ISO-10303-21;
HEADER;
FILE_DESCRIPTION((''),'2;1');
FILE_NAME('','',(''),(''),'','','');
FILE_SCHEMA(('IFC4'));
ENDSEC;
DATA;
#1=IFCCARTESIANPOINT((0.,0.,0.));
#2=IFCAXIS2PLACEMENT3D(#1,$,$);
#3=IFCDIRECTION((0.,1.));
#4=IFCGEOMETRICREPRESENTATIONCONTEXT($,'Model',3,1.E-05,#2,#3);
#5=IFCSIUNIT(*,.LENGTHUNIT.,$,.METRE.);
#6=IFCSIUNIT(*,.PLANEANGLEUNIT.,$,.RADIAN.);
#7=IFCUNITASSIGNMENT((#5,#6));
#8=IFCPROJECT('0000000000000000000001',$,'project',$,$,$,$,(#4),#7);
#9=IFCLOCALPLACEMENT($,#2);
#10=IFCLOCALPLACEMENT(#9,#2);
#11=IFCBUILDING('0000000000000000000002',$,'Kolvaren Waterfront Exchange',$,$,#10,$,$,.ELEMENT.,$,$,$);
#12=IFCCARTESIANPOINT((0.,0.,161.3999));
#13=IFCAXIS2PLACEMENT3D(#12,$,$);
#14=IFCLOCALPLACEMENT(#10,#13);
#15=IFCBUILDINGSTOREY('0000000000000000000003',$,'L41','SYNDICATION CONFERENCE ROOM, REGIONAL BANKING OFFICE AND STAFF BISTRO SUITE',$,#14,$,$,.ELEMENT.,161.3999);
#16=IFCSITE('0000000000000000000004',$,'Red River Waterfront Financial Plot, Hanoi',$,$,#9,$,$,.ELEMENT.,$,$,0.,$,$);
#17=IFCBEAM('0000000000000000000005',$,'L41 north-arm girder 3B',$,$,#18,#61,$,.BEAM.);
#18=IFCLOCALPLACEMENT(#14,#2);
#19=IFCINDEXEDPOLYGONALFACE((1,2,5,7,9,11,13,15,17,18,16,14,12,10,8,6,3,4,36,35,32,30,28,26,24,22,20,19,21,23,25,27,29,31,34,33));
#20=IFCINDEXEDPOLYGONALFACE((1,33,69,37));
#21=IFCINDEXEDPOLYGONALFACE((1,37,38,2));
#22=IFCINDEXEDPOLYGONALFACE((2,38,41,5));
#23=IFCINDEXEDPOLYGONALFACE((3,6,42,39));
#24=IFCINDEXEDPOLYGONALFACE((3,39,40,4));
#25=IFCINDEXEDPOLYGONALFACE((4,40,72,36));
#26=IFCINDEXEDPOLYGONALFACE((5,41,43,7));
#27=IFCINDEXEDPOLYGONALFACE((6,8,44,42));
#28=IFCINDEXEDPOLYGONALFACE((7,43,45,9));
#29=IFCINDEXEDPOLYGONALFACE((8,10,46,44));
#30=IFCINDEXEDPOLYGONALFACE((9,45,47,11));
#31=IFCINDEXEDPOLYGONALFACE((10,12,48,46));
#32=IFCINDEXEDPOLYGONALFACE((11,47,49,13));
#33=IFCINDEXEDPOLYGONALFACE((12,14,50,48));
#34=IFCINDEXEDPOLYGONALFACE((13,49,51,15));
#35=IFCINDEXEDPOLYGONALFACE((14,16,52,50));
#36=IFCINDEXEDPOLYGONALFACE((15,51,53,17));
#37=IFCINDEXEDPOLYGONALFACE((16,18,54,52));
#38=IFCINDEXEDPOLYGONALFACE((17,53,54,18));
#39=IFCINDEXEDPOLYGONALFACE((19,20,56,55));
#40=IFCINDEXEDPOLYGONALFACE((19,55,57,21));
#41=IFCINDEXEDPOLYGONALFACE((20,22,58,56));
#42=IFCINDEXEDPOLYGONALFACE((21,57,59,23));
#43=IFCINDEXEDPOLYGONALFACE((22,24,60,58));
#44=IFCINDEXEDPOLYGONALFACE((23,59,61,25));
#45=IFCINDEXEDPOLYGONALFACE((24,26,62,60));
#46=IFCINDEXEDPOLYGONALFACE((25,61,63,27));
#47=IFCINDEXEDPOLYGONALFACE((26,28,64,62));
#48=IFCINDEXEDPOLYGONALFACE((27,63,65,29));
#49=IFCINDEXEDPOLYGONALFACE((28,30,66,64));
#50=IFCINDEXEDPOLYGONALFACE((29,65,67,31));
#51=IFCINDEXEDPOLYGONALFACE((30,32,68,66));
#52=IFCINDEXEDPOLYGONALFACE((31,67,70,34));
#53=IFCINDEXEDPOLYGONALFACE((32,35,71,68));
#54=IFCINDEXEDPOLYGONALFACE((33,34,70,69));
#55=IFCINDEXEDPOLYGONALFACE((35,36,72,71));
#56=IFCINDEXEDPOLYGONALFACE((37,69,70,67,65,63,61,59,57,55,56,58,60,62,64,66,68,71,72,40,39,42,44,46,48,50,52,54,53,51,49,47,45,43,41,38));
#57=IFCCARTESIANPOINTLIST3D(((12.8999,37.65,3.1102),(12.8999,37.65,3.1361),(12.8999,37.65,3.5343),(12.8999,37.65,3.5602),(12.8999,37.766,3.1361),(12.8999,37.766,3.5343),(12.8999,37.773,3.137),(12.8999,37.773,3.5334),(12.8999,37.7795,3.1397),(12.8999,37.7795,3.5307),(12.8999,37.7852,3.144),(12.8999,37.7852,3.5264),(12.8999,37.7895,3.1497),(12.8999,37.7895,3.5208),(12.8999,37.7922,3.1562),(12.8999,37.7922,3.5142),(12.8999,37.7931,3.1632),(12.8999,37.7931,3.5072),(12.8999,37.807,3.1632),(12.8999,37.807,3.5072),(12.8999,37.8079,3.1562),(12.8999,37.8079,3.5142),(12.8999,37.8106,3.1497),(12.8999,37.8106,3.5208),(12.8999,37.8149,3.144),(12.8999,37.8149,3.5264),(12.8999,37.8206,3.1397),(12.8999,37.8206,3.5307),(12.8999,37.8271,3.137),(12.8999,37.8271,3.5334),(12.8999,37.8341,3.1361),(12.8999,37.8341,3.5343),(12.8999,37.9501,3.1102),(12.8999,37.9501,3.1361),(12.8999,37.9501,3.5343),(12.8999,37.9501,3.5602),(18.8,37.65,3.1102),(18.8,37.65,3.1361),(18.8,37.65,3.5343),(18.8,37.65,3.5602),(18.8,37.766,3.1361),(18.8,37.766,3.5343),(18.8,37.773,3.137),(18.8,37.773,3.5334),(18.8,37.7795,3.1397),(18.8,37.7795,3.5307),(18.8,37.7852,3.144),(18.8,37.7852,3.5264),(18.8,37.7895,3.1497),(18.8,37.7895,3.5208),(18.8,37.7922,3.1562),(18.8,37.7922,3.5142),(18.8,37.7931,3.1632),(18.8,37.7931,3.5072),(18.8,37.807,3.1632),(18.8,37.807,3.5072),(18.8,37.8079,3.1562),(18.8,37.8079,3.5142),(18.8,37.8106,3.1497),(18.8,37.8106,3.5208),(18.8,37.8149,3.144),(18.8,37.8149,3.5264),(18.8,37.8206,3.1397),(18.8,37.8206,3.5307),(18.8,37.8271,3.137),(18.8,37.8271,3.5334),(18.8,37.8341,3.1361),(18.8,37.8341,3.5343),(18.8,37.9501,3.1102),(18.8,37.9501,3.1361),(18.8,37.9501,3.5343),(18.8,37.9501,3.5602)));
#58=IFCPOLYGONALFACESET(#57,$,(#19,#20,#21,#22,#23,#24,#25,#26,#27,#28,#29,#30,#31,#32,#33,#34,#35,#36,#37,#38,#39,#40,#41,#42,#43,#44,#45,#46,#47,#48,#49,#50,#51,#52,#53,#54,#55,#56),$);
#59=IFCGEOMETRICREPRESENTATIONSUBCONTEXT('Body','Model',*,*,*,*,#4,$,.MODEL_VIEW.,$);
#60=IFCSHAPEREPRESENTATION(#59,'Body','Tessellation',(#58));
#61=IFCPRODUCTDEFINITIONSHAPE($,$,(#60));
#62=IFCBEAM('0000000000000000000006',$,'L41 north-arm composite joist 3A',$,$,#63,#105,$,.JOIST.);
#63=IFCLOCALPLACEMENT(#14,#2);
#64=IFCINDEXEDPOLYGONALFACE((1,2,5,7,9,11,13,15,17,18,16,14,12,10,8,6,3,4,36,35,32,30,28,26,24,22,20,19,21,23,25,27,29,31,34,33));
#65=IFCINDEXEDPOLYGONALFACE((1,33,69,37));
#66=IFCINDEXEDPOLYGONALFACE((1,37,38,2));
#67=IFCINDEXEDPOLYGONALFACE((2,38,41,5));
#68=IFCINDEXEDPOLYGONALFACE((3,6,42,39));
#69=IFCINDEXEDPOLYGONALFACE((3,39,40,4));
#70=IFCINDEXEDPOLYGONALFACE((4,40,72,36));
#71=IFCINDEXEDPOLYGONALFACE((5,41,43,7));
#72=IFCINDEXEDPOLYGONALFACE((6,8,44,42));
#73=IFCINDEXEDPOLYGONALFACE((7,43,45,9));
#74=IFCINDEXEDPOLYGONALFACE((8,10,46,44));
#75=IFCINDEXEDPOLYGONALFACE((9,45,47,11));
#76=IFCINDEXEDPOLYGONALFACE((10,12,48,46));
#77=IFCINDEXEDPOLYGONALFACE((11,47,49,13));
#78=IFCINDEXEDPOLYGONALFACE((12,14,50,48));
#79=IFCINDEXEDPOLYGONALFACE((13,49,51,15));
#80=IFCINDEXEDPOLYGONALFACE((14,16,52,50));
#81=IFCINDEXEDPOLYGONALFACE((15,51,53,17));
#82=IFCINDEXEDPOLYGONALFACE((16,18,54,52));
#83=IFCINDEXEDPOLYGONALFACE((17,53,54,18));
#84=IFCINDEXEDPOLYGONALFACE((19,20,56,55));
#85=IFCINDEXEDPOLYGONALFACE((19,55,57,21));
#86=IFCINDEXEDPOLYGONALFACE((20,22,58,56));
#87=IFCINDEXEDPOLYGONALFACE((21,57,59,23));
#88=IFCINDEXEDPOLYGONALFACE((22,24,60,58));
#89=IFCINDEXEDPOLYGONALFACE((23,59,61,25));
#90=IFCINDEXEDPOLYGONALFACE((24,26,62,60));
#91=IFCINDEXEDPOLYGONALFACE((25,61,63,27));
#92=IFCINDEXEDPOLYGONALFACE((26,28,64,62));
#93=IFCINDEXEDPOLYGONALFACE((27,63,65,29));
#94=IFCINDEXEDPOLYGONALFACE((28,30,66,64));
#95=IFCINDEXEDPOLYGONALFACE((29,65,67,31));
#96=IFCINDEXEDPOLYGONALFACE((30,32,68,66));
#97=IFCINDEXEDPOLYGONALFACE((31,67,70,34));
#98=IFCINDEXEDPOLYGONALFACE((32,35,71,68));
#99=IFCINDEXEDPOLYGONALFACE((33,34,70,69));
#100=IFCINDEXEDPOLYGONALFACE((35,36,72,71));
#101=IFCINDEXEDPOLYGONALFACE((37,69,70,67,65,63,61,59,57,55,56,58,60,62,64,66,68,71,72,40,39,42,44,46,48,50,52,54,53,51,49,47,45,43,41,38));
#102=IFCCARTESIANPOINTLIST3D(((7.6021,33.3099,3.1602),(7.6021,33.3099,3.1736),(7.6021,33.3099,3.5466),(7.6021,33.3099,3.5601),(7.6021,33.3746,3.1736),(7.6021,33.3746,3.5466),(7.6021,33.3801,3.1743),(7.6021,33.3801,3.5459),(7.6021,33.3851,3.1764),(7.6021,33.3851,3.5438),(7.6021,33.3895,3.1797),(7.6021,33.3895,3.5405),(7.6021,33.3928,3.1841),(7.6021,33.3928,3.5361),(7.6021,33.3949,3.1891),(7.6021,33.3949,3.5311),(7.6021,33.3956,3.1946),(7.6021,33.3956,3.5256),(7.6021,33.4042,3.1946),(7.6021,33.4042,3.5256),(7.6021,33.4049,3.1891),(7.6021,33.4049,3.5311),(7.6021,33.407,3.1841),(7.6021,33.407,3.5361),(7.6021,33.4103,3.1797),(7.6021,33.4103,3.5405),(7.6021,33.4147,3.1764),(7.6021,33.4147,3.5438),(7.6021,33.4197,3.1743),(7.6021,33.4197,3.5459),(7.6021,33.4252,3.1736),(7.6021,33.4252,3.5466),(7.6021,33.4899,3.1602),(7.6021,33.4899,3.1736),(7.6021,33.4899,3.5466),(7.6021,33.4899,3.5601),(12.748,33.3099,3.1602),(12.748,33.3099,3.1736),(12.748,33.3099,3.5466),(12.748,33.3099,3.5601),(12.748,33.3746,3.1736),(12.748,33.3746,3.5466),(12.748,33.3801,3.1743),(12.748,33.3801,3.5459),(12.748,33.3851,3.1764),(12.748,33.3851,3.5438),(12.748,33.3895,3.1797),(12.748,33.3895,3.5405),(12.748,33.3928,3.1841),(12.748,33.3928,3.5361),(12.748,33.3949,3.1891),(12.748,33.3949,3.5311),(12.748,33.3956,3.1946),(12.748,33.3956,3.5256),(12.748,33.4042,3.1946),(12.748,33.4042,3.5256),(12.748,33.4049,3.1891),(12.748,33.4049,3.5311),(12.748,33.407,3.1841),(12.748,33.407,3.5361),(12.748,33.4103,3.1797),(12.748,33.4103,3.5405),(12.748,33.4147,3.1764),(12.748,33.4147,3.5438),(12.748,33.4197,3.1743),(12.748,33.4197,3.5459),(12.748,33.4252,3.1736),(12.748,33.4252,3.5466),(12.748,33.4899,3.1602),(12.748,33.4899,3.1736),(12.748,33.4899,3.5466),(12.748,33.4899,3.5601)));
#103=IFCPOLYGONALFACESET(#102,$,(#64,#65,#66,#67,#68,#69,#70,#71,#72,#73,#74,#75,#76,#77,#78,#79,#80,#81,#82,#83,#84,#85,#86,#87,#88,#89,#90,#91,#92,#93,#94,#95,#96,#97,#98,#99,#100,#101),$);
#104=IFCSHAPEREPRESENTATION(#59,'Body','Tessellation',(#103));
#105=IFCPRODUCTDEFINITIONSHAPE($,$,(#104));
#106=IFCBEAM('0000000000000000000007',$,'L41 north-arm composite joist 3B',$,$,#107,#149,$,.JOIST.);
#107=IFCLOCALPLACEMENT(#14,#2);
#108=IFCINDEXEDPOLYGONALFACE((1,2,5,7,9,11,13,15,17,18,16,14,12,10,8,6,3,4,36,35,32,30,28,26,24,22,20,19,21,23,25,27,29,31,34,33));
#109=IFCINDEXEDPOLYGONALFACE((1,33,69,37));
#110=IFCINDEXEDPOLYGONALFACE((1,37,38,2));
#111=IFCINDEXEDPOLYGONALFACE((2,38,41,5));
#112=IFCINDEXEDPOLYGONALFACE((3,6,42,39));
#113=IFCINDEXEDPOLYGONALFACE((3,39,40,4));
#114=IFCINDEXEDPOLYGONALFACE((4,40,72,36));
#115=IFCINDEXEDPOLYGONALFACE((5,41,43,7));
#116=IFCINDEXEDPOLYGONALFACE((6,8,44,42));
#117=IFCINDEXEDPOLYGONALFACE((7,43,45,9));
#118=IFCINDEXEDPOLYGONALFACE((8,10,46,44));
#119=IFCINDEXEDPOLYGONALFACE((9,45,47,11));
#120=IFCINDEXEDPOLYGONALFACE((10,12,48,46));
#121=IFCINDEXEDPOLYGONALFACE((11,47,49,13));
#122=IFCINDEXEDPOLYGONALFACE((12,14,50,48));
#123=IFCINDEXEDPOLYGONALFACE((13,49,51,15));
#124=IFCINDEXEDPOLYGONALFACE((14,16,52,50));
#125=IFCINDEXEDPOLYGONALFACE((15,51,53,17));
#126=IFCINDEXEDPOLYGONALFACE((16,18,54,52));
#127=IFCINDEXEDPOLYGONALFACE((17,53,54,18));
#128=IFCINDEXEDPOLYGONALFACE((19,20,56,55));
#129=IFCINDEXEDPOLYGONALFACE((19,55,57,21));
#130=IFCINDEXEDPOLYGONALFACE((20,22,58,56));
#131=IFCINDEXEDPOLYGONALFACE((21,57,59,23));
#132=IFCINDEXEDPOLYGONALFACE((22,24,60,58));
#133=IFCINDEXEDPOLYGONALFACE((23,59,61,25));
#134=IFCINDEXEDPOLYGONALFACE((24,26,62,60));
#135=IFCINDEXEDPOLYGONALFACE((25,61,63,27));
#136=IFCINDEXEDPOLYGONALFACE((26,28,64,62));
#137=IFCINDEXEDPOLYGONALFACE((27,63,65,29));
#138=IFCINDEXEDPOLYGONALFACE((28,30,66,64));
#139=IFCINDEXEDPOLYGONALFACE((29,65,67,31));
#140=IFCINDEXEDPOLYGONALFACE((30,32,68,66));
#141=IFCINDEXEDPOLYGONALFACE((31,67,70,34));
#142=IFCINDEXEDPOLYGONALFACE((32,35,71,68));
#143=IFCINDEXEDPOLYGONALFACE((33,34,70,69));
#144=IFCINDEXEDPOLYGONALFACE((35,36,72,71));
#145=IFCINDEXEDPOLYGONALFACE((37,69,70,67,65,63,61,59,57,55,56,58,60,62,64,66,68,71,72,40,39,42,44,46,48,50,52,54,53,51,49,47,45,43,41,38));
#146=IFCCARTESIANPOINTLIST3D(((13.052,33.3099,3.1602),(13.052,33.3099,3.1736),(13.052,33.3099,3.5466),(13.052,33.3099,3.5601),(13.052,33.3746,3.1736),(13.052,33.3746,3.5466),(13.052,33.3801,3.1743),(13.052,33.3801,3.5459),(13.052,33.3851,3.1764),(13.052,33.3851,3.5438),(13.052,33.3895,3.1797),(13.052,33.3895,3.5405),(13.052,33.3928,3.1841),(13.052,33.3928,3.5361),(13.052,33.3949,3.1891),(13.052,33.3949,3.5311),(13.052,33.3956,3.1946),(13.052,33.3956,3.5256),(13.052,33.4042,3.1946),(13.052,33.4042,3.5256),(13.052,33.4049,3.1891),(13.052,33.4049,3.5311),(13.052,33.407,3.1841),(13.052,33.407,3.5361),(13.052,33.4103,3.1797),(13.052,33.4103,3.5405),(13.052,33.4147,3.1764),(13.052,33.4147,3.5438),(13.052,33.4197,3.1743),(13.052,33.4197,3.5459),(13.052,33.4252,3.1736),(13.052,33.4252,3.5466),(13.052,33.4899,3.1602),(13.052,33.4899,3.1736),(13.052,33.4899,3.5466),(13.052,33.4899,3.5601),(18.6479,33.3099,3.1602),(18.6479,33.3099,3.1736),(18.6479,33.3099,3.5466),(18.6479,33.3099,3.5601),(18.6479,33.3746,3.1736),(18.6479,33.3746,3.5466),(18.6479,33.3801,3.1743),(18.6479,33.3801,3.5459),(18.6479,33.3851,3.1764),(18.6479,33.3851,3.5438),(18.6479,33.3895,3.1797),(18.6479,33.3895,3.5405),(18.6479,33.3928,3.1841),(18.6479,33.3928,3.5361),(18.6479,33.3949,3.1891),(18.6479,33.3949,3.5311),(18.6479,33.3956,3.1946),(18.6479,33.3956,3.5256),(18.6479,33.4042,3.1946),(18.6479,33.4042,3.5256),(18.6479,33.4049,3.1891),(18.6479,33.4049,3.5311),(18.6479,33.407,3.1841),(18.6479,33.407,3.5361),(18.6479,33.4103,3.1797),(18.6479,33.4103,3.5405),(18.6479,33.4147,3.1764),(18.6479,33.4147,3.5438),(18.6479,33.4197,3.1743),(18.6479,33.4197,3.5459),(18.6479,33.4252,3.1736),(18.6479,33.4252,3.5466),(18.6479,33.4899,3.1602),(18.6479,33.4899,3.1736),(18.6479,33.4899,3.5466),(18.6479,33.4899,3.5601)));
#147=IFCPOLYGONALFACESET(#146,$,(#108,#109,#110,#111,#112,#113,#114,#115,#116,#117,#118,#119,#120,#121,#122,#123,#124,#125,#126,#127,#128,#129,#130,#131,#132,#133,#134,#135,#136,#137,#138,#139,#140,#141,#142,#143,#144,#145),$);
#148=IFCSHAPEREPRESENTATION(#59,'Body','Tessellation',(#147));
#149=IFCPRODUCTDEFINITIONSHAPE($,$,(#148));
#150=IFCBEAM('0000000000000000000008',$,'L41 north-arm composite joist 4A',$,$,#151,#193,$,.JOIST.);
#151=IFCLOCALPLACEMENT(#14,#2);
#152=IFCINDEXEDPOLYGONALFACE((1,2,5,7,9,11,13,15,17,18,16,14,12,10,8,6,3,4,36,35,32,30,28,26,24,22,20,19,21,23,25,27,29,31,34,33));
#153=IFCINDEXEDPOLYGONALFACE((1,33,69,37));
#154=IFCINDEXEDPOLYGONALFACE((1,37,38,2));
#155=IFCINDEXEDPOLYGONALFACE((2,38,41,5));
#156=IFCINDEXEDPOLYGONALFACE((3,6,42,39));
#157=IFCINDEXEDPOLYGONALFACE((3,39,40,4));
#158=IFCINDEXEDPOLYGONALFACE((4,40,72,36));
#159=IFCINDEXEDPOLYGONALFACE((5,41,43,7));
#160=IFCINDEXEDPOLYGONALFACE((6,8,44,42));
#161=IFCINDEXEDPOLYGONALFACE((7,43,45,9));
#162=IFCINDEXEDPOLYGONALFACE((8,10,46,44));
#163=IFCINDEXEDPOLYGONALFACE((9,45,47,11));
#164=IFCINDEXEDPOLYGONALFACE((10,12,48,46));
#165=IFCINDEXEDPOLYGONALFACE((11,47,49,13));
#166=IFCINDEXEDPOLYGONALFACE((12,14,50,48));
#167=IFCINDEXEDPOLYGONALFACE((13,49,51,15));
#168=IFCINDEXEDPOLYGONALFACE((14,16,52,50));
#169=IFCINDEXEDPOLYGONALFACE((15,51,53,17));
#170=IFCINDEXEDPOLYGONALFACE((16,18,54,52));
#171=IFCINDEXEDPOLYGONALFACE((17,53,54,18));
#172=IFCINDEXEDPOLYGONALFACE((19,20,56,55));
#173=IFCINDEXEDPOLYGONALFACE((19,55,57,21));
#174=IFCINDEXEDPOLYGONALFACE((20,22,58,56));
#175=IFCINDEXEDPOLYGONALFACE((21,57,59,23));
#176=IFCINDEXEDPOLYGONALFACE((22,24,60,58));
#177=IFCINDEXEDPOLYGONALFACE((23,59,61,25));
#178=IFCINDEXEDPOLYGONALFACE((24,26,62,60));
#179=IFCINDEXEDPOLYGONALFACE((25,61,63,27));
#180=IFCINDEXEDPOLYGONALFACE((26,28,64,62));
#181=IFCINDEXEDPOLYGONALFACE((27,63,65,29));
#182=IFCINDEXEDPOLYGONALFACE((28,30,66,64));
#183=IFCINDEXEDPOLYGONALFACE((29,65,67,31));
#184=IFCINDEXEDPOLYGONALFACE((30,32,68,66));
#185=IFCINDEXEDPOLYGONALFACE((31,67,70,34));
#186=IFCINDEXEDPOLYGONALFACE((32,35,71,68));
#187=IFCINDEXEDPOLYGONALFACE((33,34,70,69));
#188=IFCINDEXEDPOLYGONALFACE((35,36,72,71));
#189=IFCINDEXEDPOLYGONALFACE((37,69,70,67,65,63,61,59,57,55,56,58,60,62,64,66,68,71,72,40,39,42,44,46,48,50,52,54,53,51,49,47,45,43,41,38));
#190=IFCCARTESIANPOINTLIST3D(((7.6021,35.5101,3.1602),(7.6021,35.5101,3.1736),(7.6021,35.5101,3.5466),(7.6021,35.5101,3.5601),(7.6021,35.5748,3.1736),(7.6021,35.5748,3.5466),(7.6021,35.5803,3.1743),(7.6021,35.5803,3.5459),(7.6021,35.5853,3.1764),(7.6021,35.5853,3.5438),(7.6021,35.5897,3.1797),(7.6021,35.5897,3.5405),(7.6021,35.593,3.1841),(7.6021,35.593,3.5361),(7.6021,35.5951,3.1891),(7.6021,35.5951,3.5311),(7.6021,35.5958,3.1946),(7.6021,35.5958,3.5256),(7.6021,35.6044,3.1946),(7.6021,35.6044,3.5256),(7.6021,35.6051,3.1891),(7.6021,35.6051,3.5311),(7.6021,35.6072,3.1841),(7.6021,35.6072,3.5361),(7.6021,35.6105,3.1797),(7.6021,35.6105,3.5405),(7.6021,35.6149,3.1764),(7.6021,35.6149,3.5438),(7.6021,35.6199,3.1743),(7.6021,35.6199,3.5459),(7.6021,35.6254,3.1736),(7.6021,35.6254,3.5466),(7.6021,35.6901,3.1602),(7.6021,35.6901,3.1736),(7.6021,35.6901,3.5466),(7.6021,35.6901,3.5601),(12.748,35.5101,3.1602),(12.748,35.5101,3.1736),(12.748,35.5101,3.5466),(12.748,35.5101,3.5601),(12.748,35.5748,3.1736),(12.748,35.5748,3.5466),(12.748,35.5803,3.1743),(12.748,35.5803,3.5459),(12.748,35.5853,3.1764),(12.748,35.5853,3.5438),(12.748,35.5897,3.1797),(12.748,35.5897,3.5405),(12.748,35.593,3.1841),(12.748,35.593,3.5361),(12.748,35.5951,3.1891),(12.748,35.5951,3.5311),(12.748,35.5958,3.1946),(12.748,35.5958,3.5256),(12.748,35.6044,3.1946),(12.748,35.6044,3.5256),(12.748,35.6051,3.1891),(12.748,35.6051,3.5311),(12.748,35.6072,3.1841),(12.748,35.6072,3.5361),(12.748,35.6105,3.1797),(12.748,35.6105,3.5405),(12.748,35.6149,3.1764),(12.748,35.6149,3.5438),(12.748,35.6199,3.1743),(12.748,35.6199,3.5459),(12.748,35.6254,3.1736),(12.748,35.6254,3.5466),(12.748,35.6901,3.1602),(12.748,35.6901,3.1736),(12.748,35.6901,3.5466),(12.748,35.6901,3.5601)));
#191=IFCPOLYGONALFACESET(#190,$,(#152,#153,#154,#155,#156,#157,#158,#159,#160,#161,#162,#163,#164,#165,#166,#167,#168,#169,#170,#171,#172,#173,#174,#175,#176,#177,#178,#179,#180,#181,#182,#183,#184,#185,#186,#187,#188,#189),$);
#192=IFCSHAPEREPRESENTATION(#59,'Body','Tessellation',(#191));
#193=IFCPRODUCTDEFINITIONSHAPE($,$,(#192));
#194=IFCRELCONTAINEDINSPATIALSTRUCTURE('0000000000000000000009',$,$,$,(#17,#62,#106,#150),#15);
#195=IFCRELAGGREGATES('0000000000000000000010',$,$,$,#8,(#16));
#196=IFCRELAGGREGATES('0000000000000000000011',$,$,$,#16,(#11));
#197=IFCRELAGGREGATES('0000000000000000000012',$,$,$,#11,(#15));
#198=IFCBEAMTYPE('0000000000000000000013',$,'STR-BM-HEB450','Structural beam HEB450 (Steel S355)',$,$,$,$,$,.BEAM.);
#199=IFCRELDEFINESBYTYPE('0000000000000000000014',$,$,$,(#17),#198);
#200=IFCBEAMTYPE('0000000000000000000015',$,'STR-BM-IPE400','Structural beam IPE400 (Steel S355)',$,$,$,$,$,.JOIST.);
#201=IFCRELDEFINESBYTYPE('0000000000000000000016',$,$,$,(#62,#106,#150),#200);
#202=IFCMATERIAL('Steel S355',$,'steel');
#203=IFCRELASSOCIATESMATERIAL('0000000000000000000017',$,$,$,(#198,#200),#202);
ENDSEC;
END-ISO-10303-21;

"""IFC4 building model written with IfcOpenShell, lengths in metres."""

from ifc_helpers import new_model, si_unit, direction, frame, origin, origin_2d, place, context, subcontext, project, spatial, i_section, extrude, material, material_profile, profile_set, type_object, element, save


model = new_model("IFC4")

# Units and contexts
model_context = context("Model", 3, precision=1e-05, world=origin(), true_north=direction((0.0, 1.0)))
body_context = subcontext(model_context, "Body", "Model", "MODEL_VIEW")
ifc_project = project(units=[si_unit("LENGTHUNIT", "METRE"), si_unit("PLANEANGLEUNIT", "RADIAN")], contexts=[model_context])

# Site, building, storey
site_placement = place(None, origin())
site = spatial("IfcSite", under=ifc_project, at=site_placement, Name="Red River Waterfront Financial Plot, Hanoi", CompositionType="ELEMENT", RefElevation=0.0)
building_placement = place(site_placement, origin())
building = spatial("IfcBuilding", under=site, at=building_placement, Name="Kolvaren Waterfront Exchange", CompositionType="ELEMENT")
storey_placement = place(building_placement, frame((0.0, 0.0, 161.3999)))
storey = spatial("IfcBuildingStorey", under=building, at=storey_placement, Name="L41", Description="SYNDICATION CONFERENCE ROOM, REGIONAL BANKING OFFICE AND STAFF BISTRO SUITE", CompositionType="ELEMENT", Elevation=161.3999)

# Beams
ifc_material_1 = material(Name="Steel S355", Category="steel")
ifc_material_profile_1 = material_profile(ifc_material_1, i_section(OverallWidth=0.3, OverallDepth=0.45, WebThickness=0.0139, FlangeThickness=0.0259, FilletRadius=0.0271, at=origin_2d()), Name="HEB450")
ifc_profile_set_1 = profile_set([ifc_material_profile_1], Name="Steel S355")
beam_type_1 = type_object("IfcBeamType", Name="STR-BM-HEB450", Description="Structural beam HEB450 (Steel S355)", PredefinedType="BEAM", material=ifc_profile_set_1)
beam_1_placement = place(storey_placement, frame((12.8999, 37.8, 3.3352), z_axis=(1.0, 0.0, 0.0), x_axis=(0.0, 1.0, 0.0)))
element("IfcBeam", 1, at=beam_1_placement, inside=storey, type_object=beam_type_1, Name="L41 north-arm girder 3B", PredefinedType="BEAM", context=body_context, shape_type="SweptSolid", body=[
    extrude(i_section(OverallWidth=0.3, OverallDepth=0.45, WebThickness=0.0139, FlangeThickness=0.0259, FilletRadius=0.0271, at=origin_2d()), origin(), (0.0, 0.0, 1.0), 5.9001),
])
ifc_material_profile_2 = material_profile(ifc_material_1, i_section(OverallWidth=0.1799, OverallDepth=0.3999, WebThickness=0.0085, FlangeThickness=0.0134, FilletRadius=0.021, at=origin_2d()), Name="IPE400")
ifc_profile_set_2 = profile_set([ifc_material_profile_2], Name="Steel S355")
beam_type_2 = type_object("IfcBeamType", Name="STR-BM-IPE400", Description="Structural beam IPE400 (Steel S355)", PredefinedType="JOIST", material=ifc_profile_set_2)
beam_2_placement = place(storey_placement, frame((7.6021, 33.3999, 3.3601), z_axis=(1.0, 0.0, 0.0), x_axis=(0.0, 1.0, 0.0)))
element("IfcBeam", 2, at=beam_2_placement, inside=storey, type_object=beam_type_2, Name="L41 north-arm composite joist 3A", PredefinedType="JOIST", context=body_context, shape_type="SweptSolid", body=[
    extrude(i_section(OverallWidth=0.1799, OverallDepth=0.3999, WebThickness=0.0085, FlangeThickness=0.0134, FilletRadius=0.021, at=origin_2d()), origin(), (0.0, 0.0, 1.0), 5.146),
])
beam_3_placement = place(storey_placement, frame((13.052, 33.3999, 3.3601), z_axis=(1.0, 0.0, 0.0), x_axis=(0.0, 1.0, 0.0)))
element("IfcBeam", 3, at=beam_3_placement, inside=storey, type_object=beam_type_2, Name="L41 north-arm composite joist 3B", PredefinedType="JOIST", context=body_context, shape_type="SweptSolid", body=[
    extrude(i_section(OverallWidth=0.1799, OverallDepth=0.3999, WebThickness=0.0085, FlangeThickness=0.0134, FilletRadius=0.021, at=origin_2d()), origin(), (0.0, 0.0, 1.0), 5.5959),
])
beam_4_placement = place(storey_placement, frame((7.6021, 35.6001, 3.3601), z_axis=(1.0, 0.0, 0.0), x_axis=(0.0, 1.0, 0.0)))
element("IfcBeam", 4, at=beam_4_placement, inside=storey, type_object=beam_type_2, Name="L41 north-arm composite joist 4A", PredefinedType="JOIST", context=body_context, shape_type="SweptSolid", body=[
    extrude(i_section(OverallWidth=0.1799, OverallDepth=0.3999, WebThickness=0.0085, FlangeThickness=0.0134, FilletRadius=0.021, at=origin_2d()), origin(), (0.0, 0.0, 1.0), 5.146),
])

save(model, "model.ifc")
